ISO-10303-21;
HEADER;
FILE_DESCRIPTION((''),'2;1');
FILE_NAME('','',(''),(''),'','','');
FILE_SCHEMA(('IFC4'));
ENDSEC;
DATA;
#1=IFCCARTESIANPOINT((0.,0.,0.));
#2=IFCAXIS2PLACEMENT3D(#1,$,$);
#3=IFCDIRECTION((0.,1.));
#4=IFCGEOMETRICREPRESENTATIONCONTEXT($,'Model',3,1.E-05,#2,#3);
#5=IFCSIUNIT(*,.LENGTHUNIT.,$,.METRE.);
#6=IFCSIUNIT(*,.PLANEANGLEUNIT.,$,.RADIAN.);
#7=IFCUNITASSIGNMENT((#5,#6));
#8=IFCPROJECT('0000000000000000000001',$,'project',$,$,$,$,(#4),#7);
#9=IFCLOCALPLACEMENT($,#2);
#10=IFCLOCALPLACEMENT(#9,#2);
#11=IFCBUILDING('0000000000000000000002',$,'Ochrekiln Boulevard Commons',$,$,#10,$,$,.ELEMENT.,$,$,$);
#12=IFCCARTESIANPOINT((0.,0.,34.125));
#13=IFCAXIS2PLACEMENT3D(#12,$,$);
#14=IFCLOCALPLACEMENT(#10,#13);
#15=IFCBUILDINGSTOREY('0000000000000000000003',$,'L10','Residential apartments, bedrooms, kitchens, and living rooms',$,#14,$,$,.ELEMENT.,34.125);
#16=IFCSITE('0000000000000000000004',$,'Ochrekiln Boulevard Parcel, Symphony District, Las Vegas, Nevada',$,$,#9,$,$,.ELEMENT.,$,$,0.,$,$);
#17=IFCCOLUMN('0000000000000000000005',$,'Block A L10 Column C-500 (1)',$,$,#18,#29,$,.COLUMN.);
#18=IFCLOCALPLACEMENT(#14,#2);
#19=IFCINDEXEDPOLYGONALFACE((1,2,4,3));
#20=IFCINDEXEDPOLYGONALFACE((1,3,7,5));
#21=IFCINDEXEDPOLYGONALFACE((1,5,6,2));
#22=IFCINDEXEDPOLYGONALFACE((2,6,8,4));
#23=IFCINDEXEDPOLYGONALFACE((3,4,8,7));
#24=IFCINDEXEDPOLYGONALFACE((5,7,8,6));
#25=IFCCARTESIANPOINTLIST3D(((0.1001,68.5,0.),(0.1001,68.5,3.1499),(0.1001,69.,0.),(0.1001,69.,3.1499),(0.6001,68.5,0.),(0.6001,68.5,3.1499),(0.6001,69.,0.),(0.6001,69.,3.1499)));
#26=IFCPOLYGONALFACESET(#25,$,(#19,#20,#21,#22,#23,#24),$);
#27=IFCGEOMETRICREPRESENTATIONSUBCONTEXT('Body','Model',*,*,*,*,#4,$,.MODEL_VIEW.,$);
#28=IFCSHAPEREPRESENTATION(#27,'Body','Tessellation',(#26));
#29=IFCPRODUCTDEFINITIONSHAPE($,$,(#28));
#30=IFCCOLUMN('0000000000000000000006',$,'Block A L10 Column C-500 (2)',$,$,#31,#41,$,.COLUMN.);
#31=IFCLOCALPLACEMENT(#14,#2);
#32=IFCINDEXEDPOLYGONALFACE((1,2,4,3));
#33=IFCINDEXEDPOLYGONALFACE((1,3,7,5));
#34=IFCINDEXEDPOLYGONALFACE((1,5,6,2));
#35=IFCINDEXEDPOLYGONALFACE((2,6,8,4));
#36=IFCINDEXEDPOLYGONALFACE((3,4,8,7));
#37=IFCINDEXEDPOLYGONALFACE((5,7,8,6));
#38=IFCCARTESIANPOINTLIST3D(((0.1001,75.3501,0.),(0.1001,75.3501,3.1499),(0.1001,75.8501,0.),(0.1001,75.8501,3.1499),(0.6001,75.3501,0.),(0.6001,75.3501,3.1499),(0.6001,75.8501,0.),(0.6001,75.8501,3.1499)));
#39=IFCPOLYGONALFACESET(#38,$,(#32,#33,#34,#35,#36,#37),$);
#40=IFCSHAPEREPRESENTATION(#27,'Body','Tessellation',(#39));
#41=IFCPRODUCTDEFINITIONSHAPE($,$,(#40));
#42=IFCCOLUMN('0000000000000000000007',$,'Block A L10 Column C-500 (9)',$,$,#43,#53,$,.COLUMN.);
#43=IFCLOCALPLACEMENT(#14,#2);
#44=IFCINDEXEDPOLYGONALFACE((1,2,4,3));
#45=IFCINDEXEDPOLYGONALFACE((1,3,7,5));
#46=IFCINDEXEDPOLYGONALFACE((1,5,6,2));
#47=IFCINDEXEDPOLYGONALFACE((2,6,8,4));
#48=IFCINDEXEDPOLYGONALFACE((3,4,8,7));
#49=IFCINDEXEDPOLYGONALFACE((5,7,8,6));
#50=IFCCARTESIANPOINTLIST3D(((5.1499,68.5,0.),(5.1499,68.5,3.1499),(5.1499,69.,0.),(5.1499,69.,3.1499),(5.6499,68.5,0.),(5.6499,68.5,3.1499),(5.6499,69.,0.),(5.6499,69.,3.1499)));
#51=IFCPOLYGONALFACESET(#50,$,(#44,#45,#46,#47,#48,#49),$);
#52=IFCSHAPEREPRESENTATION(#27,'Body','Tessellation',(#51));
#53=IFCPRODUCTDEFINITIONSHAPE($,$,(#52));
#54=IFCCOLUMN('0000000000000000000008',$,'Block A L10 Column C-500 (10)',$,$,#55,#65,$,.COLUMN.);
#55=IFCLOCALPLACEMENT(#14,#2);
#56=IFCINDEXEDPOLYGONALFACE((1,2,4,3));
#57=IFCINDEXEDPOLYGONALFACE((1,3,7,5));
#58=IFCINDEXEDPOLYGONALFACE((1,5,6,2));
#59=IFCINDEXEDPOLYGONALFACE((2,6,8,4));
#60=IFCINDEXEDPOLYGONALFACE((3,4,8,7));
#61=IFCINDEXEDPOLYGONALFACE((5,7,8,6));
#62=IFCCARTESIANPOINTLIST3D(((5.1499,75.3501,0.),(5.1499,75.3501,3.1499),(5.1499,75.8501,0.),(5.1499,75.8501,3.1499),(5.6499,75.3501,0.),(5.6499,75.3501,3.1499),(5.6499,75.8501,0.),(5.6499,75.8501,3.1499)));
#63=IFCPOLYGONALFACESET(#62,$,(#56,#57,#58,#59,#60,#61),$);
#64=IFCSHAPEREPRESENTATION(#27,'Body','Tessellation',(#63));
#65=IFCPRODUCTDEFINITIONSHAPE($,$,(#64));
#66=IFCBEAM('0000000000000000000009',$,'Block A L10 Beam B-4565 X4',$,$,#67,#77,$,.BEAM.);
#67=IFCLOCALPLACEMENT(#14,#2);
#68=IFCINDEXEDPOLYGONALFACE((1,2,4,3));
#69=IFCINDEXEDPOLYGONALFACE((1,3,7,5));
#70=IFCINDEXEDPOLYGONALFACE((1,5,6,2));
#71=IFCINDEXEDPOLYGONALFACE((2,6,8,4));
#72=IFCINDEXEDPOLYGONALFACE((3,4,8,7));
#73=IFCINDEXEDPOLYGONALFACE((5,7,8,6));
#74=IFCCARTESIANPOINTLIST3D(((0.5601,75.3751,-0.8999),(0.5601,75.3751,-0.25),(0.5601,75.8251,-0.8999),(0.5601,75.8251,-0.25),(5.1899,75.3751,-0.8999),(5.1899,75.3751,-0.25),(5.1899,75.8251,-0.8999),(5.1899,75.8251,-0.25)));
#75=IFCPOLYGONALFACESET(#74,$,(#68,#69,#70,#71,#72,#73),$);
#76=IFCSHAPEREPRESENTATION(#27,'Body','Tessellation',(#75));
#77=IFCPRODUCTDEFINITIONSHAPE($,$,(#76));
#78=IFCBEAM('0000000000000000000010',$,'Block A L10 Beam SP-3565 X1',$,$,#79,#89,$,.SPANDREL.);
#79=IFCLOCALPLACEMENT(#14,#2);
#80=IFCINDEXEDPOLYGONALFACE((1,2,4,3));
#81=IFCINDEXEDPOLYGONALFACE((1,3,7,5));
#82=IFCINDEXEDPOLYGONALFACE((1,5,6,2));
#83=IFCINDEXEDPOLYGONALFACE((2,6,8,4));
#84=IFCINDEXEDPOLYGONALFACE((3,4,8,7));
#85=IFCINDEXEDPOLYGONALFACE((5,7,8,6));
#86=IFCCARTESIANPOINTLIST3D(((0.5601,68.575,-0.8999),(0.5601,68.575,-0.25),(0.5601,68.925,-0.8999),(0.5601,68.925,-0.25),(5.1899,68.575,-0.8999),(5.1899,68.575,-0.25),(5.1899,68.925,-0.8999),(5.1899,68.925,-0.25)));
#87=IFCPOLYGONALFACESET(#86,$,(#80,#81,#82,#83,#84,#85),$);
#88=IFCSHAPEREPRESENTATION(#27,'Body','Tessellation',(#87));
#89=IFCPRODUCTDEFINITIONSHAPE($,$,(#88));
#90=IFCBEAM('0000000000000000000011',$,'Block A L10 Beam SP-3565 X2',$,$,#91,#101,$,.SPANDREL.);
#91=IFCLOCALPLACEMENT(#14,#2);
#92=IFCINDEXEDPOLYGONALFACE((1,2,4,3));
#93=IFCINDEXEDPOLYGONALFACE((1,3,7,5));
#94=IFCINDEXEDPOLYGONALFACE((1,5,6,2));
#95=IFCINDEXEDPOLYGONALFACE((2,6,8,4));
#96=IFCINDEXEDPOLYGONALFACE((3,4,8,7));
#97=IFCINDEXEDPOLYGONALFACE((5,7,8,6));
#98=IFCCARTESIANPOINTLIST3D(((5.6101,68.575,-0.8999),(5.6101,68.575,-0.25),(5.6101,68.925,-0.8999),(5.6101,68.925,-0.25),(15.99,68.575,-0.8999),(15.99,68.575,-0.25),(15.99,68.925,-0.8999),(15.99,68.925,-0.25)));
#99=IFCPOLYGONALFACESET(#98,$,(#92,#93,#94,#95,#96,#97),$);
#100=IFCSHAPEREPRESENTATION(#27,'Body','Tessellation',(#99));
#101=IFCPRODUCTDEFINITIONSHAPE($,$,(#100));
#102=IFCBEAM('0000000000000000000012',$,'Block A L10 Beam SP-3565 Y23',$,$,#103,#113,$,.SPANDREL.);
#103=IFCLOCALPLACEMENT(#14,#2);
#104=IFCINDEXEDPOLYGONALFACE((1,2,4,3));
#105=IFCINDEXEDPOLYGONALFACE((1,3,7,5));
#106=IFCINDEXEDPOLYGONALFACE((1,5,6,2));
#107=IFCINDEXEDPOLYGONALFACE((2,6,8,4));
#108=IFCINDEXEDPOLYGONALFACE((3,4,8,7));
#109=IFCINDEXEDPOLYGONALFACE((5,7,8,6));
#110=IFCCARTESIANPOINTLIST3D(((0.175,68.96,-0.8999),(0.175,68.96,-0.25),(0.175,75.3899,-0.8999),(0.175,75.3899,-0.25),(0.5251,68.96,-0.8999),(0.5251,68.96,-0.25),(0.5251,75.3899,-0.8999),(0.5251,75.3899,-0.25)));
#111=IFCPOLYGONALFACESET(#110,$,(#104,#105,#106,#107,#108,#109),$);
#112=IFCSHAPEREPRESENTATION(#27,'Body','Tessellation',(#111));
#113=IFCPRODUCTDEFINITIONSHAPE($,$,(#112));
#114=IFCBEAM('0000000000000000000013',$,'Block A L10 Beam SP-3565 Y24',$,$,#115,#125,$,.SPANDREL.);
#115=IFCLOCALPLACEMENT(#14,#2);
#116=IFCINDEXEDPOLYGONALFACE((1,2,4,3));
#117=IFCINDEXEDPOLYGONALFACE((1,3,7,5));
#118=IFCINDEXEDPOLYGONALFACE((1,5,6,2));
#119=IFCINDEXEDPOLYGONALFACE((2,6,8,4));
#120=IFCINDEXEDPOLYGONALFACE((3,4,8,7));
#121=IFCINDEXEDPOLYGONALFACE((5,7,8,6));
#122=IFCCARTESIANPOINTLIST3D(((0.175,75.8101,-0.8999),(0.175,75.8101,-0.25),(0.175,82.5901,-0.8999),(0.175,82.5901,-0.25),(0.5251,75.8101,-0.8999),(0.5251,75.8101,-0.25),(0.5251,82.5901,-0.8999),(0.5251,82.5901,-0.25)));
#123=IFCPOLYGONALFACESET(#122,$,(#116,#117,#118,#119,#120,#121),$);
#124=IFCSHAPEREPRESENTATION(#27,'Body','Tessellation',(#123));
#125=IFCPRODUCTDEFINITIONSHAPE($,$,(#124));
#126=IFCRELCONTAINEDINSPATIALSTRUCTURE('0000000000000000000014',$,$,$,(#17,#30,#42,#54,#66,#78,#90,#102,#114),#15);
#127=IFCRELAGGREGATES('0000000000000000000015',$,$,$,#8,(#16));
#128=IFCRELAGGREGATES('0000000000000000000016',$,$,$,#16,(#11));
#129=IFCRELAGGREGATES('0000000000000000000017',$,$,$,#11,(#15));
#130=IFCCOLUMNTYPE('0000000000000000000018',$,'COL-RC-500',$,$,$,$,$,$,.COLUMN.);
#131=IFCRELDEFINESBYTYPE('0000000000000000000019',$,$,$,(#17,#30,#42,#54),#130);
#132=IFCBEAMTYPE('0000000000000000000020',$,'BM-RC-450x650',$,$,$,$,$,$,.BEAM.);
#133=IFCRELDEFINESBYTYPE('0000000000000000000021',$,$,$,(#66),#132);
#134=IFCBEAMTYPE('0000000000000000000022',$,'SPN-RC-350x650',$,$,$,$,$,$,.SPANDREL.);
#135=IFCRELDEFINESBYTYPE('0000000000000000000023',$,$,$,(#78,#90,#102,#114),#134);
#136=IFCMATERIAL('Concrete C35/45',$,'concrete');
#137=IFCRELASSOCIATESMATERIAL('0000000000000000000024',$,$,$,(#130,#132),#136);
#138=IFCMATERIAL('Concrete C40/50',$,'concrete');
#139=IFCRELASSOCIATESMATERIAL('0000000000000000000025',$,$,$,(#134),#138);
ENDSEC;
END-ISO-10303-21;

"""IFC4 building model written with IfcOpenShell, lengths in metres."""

from ifc_helpers import new_model, si_unit, direction, frame, origin, origin_2d, place, context, subcontext, project, spatial, rectangle, extrude, material, material_profile, profile_set, type_object, element, save


model = new_model("IFC4")

# Units and contexts
model_context = context("Model", 3, precision=1e-05, world=origin(), true_north=direction((0.0, 1.0)))
body_context = subcontext(model_context, "Body", "Model", "MODEL_VIEW")
ifc_project = project(units=[si_unit("LENGTHUNIT", "METRE"), si_unit("PLANEANGLEUNIT", "RADIAN")], contexts=[model_context])

# Site, building, storey
site_placement = place(None, origin())
site = spatial("IfcSite", under=ifc_project, at=site_placement, Name="Ochrekiln Boulevard Parcel, Symphony District, Las Vegas, Nevada", CompositionType="ELEMENT", RefElevation=0.0)
building_placement = place(site_placement, origin())
building = spatial("IfcBuilding", under=site, at=building_placement, Name="Ochrekiln Boulevard Commons", CompositionType="ELEMENT")
storey_placement = place(building_placement, frame((0.0, 0.0, 34.125)))
storey = spatial("IfcBuildingStorey", under=building, at=storey_placement, Name="L10", Description="Residential apartments, bedrooms, kitchens, and living rooms", CompositionType="ELEMENT", Elevation=34.125)

# Columns
ifc_material_1 = material(Name="Concrete C35/45", Category="concrete")
ifc_material_profile_1 = material_profile(ifc_material_1, rectangle(XDim=0.5, YDim=0.5, at=origin_2d()), Name="RC-COL-500x500")
ifc_profile_set_1 = profile_set([ifc_material_profile_1], Name="Concrete C35/45")
column_type = type_object("IfcColumnType", Name="COL-RC-500", PredefinedType="COLUMN", material=ifc_profile_set_1)
for number, where, z_axis, x_axis, name in (
    (1, (0.3501, 68.75, 0.0), (0.0, 0.0, 1.0), (1.0, 0.0, 0.0), "Block A L10 Column C-500 (1)"),
    (2, (0.3501, 75.6001, 0.0), (0.0, 0.0, 1.0), (1.0, 0.0, 0.0), "Block A L10 Column C-500 (2)"),
    (3, (5.3999, 68.75, 0.0), (0.0, 0.0, 1.0), (1.0, 0.0, 0.0), "Block A L10 Column C-500 (9)"),
    (4, (5.3999, 75.6001, 0.0), (0.0, 0.0, 1.0), (1.0, 0.0, 0.0), "Block A L10 Column C-500 (10)"),
):
    element("IfcColumn", number, at=place(storey_placement, frame(where, z_axis=z_axis, x_axis=x_axis)), inside=storey, type_object=column_type, Name=name, PredefinedType="COLUMN", context=body_context, shape_type="SweptSolid", body=[
        extrude(rectangle(XDim=0.5, YDim=0.5, at=origin_2d()), origin(), (0.0, 0.0, 1.0), 3.1499),
    ])

# Beams
ifc_material_profile_2 = material_profile(ifc_material_1, rectangle(XDim=0.45, YDim=0.6499, at=origin_2d()), Name="RC-BM-450x650")
ifc_profile_set_2 = profile_set([ifc_material_profile_2], Name="Concrete C35/45")
beam_type_1 = type_object("IfcBeamType", Name="BM-RC-450x650", PredefinedType="BEAM", material=ifc_profile_set_2)
beam_1_placement = place(storey_placement, frame((0.5601, 75.6001, -0.575), z_axis=(1.0, 0.0, 0.0), x_axis=(0.0, 1.0, 0.0)))
element("IfcBeam", 5, at=beam_1_placement, inside=storey, type_object=beam_type_1, Name="Block A L10 Beam B-4565 X4", PredefinedType="BEAM", context=body_context, shape_type="SweptSolid", body=[
    extrude(rectangle(XDim=0.45, YDim=0.6499, at=origin_2d()), origin(), (0.0, 0.0, 1.0), 4.6299),
])
ifc_material_2 = material(Name="Concrete C40/50", Category="concrete")
ifc_material_profile_3 = material_profile(ifc_material_2, rectangle(XDim=0.3501, YDim=0.6499, at=origin_2d()), Name="RC-SPN-350x650")
ifc_profile_set_3 = profile_set([ifc_material_profile_3], Name="Concrete C40/50")
beam_type_2 = type_object("IfcBeamType", Name="SPN-RC-350x650", PredefinedType="SPANDREL", material=ifc_profile_set_3)
beam_2_placement = place(storey_placement, frame((0.5601, 68.75, -0.575), z_axis=(1.0, 0.0, 0.0), x_axis=(0.0, 1.0, 0.0)))
element("IfcBeam", 6, at=beam_2_placement, inside=storey, type_object=beam_type_2, Name="Block A L10 Beam SP-3565 X1", PredefinedType="SPANDREL", context=body_context, shape_type="SweptSolid", body=[
    extrude(rectangle(XDim=0.3501, YDim=0.6499, at=origin_2d()), origin(), (0.0, 0.0, 1.0), 4.6299),
])
beam_3_placement = place(storey_placement, frame((5.6101, 68.75, -0.575), z_axis=(1.0, 0.0, 0.0), x_axis=(0.0, 1.0, 0.0)))
element("IfcBeam", 7, at=beam_3_placement, inside=storey, type_object=beam_type_2, Name="Block A L10 Beam SP-3565 X2", PredefinedType="SPANDREL", context=body_context, shape_type="SweptSolid", body=[
    extrude(rectangle(XDim=0.3501, YDim=0.6499, at=origin_2d()), origin(), (0.0, 0.0, 1.0), 10.3799),
])
beam_4_placement = place(storey_placement, frame((0.3501, 68.96, -0.575), z_axis=(0.0, 1.0, 0.0), x_axis=(-1.0, 0.0, 0.0)))
element("IfcBeam", 8, at=beam_4_placement, inside=storey, type_object=beam_type_2, Name="Block A L10 Beam SP-3565 Y23", PredefinedType="SPANDREL", context=body_context, shape_type="SweptSolid", body=[
    extrude(rectangle(XDim=0.3501, YDim=0.6499, at=origin_2d()), origin(), (0.0, 0.0, 1.0), 6.4299),
])
beam_5_placement = place(storey_placement, frame((0.3501, 75.8101, -0.575), z_axis=(0.0, 1.0, 0.0), x_axis=(-1.0, 0.0, 0.0)))
element("IfcBeam", 9, at=beam_5_placement, inside=storey, type_object=beam_type_2, Name="Block A L10 Beam SP-3565 Y24", PredefinedType="SPANDREL", context=body_context, shape_type="SweptSolid", body=[
    extrude(rectangle(XDim=0.3501, YDim=0.6499, at=origin_2d()), origin(), (0.0, 0.0, 1.0), 6.78),
])

save(model, "model.ifc")
